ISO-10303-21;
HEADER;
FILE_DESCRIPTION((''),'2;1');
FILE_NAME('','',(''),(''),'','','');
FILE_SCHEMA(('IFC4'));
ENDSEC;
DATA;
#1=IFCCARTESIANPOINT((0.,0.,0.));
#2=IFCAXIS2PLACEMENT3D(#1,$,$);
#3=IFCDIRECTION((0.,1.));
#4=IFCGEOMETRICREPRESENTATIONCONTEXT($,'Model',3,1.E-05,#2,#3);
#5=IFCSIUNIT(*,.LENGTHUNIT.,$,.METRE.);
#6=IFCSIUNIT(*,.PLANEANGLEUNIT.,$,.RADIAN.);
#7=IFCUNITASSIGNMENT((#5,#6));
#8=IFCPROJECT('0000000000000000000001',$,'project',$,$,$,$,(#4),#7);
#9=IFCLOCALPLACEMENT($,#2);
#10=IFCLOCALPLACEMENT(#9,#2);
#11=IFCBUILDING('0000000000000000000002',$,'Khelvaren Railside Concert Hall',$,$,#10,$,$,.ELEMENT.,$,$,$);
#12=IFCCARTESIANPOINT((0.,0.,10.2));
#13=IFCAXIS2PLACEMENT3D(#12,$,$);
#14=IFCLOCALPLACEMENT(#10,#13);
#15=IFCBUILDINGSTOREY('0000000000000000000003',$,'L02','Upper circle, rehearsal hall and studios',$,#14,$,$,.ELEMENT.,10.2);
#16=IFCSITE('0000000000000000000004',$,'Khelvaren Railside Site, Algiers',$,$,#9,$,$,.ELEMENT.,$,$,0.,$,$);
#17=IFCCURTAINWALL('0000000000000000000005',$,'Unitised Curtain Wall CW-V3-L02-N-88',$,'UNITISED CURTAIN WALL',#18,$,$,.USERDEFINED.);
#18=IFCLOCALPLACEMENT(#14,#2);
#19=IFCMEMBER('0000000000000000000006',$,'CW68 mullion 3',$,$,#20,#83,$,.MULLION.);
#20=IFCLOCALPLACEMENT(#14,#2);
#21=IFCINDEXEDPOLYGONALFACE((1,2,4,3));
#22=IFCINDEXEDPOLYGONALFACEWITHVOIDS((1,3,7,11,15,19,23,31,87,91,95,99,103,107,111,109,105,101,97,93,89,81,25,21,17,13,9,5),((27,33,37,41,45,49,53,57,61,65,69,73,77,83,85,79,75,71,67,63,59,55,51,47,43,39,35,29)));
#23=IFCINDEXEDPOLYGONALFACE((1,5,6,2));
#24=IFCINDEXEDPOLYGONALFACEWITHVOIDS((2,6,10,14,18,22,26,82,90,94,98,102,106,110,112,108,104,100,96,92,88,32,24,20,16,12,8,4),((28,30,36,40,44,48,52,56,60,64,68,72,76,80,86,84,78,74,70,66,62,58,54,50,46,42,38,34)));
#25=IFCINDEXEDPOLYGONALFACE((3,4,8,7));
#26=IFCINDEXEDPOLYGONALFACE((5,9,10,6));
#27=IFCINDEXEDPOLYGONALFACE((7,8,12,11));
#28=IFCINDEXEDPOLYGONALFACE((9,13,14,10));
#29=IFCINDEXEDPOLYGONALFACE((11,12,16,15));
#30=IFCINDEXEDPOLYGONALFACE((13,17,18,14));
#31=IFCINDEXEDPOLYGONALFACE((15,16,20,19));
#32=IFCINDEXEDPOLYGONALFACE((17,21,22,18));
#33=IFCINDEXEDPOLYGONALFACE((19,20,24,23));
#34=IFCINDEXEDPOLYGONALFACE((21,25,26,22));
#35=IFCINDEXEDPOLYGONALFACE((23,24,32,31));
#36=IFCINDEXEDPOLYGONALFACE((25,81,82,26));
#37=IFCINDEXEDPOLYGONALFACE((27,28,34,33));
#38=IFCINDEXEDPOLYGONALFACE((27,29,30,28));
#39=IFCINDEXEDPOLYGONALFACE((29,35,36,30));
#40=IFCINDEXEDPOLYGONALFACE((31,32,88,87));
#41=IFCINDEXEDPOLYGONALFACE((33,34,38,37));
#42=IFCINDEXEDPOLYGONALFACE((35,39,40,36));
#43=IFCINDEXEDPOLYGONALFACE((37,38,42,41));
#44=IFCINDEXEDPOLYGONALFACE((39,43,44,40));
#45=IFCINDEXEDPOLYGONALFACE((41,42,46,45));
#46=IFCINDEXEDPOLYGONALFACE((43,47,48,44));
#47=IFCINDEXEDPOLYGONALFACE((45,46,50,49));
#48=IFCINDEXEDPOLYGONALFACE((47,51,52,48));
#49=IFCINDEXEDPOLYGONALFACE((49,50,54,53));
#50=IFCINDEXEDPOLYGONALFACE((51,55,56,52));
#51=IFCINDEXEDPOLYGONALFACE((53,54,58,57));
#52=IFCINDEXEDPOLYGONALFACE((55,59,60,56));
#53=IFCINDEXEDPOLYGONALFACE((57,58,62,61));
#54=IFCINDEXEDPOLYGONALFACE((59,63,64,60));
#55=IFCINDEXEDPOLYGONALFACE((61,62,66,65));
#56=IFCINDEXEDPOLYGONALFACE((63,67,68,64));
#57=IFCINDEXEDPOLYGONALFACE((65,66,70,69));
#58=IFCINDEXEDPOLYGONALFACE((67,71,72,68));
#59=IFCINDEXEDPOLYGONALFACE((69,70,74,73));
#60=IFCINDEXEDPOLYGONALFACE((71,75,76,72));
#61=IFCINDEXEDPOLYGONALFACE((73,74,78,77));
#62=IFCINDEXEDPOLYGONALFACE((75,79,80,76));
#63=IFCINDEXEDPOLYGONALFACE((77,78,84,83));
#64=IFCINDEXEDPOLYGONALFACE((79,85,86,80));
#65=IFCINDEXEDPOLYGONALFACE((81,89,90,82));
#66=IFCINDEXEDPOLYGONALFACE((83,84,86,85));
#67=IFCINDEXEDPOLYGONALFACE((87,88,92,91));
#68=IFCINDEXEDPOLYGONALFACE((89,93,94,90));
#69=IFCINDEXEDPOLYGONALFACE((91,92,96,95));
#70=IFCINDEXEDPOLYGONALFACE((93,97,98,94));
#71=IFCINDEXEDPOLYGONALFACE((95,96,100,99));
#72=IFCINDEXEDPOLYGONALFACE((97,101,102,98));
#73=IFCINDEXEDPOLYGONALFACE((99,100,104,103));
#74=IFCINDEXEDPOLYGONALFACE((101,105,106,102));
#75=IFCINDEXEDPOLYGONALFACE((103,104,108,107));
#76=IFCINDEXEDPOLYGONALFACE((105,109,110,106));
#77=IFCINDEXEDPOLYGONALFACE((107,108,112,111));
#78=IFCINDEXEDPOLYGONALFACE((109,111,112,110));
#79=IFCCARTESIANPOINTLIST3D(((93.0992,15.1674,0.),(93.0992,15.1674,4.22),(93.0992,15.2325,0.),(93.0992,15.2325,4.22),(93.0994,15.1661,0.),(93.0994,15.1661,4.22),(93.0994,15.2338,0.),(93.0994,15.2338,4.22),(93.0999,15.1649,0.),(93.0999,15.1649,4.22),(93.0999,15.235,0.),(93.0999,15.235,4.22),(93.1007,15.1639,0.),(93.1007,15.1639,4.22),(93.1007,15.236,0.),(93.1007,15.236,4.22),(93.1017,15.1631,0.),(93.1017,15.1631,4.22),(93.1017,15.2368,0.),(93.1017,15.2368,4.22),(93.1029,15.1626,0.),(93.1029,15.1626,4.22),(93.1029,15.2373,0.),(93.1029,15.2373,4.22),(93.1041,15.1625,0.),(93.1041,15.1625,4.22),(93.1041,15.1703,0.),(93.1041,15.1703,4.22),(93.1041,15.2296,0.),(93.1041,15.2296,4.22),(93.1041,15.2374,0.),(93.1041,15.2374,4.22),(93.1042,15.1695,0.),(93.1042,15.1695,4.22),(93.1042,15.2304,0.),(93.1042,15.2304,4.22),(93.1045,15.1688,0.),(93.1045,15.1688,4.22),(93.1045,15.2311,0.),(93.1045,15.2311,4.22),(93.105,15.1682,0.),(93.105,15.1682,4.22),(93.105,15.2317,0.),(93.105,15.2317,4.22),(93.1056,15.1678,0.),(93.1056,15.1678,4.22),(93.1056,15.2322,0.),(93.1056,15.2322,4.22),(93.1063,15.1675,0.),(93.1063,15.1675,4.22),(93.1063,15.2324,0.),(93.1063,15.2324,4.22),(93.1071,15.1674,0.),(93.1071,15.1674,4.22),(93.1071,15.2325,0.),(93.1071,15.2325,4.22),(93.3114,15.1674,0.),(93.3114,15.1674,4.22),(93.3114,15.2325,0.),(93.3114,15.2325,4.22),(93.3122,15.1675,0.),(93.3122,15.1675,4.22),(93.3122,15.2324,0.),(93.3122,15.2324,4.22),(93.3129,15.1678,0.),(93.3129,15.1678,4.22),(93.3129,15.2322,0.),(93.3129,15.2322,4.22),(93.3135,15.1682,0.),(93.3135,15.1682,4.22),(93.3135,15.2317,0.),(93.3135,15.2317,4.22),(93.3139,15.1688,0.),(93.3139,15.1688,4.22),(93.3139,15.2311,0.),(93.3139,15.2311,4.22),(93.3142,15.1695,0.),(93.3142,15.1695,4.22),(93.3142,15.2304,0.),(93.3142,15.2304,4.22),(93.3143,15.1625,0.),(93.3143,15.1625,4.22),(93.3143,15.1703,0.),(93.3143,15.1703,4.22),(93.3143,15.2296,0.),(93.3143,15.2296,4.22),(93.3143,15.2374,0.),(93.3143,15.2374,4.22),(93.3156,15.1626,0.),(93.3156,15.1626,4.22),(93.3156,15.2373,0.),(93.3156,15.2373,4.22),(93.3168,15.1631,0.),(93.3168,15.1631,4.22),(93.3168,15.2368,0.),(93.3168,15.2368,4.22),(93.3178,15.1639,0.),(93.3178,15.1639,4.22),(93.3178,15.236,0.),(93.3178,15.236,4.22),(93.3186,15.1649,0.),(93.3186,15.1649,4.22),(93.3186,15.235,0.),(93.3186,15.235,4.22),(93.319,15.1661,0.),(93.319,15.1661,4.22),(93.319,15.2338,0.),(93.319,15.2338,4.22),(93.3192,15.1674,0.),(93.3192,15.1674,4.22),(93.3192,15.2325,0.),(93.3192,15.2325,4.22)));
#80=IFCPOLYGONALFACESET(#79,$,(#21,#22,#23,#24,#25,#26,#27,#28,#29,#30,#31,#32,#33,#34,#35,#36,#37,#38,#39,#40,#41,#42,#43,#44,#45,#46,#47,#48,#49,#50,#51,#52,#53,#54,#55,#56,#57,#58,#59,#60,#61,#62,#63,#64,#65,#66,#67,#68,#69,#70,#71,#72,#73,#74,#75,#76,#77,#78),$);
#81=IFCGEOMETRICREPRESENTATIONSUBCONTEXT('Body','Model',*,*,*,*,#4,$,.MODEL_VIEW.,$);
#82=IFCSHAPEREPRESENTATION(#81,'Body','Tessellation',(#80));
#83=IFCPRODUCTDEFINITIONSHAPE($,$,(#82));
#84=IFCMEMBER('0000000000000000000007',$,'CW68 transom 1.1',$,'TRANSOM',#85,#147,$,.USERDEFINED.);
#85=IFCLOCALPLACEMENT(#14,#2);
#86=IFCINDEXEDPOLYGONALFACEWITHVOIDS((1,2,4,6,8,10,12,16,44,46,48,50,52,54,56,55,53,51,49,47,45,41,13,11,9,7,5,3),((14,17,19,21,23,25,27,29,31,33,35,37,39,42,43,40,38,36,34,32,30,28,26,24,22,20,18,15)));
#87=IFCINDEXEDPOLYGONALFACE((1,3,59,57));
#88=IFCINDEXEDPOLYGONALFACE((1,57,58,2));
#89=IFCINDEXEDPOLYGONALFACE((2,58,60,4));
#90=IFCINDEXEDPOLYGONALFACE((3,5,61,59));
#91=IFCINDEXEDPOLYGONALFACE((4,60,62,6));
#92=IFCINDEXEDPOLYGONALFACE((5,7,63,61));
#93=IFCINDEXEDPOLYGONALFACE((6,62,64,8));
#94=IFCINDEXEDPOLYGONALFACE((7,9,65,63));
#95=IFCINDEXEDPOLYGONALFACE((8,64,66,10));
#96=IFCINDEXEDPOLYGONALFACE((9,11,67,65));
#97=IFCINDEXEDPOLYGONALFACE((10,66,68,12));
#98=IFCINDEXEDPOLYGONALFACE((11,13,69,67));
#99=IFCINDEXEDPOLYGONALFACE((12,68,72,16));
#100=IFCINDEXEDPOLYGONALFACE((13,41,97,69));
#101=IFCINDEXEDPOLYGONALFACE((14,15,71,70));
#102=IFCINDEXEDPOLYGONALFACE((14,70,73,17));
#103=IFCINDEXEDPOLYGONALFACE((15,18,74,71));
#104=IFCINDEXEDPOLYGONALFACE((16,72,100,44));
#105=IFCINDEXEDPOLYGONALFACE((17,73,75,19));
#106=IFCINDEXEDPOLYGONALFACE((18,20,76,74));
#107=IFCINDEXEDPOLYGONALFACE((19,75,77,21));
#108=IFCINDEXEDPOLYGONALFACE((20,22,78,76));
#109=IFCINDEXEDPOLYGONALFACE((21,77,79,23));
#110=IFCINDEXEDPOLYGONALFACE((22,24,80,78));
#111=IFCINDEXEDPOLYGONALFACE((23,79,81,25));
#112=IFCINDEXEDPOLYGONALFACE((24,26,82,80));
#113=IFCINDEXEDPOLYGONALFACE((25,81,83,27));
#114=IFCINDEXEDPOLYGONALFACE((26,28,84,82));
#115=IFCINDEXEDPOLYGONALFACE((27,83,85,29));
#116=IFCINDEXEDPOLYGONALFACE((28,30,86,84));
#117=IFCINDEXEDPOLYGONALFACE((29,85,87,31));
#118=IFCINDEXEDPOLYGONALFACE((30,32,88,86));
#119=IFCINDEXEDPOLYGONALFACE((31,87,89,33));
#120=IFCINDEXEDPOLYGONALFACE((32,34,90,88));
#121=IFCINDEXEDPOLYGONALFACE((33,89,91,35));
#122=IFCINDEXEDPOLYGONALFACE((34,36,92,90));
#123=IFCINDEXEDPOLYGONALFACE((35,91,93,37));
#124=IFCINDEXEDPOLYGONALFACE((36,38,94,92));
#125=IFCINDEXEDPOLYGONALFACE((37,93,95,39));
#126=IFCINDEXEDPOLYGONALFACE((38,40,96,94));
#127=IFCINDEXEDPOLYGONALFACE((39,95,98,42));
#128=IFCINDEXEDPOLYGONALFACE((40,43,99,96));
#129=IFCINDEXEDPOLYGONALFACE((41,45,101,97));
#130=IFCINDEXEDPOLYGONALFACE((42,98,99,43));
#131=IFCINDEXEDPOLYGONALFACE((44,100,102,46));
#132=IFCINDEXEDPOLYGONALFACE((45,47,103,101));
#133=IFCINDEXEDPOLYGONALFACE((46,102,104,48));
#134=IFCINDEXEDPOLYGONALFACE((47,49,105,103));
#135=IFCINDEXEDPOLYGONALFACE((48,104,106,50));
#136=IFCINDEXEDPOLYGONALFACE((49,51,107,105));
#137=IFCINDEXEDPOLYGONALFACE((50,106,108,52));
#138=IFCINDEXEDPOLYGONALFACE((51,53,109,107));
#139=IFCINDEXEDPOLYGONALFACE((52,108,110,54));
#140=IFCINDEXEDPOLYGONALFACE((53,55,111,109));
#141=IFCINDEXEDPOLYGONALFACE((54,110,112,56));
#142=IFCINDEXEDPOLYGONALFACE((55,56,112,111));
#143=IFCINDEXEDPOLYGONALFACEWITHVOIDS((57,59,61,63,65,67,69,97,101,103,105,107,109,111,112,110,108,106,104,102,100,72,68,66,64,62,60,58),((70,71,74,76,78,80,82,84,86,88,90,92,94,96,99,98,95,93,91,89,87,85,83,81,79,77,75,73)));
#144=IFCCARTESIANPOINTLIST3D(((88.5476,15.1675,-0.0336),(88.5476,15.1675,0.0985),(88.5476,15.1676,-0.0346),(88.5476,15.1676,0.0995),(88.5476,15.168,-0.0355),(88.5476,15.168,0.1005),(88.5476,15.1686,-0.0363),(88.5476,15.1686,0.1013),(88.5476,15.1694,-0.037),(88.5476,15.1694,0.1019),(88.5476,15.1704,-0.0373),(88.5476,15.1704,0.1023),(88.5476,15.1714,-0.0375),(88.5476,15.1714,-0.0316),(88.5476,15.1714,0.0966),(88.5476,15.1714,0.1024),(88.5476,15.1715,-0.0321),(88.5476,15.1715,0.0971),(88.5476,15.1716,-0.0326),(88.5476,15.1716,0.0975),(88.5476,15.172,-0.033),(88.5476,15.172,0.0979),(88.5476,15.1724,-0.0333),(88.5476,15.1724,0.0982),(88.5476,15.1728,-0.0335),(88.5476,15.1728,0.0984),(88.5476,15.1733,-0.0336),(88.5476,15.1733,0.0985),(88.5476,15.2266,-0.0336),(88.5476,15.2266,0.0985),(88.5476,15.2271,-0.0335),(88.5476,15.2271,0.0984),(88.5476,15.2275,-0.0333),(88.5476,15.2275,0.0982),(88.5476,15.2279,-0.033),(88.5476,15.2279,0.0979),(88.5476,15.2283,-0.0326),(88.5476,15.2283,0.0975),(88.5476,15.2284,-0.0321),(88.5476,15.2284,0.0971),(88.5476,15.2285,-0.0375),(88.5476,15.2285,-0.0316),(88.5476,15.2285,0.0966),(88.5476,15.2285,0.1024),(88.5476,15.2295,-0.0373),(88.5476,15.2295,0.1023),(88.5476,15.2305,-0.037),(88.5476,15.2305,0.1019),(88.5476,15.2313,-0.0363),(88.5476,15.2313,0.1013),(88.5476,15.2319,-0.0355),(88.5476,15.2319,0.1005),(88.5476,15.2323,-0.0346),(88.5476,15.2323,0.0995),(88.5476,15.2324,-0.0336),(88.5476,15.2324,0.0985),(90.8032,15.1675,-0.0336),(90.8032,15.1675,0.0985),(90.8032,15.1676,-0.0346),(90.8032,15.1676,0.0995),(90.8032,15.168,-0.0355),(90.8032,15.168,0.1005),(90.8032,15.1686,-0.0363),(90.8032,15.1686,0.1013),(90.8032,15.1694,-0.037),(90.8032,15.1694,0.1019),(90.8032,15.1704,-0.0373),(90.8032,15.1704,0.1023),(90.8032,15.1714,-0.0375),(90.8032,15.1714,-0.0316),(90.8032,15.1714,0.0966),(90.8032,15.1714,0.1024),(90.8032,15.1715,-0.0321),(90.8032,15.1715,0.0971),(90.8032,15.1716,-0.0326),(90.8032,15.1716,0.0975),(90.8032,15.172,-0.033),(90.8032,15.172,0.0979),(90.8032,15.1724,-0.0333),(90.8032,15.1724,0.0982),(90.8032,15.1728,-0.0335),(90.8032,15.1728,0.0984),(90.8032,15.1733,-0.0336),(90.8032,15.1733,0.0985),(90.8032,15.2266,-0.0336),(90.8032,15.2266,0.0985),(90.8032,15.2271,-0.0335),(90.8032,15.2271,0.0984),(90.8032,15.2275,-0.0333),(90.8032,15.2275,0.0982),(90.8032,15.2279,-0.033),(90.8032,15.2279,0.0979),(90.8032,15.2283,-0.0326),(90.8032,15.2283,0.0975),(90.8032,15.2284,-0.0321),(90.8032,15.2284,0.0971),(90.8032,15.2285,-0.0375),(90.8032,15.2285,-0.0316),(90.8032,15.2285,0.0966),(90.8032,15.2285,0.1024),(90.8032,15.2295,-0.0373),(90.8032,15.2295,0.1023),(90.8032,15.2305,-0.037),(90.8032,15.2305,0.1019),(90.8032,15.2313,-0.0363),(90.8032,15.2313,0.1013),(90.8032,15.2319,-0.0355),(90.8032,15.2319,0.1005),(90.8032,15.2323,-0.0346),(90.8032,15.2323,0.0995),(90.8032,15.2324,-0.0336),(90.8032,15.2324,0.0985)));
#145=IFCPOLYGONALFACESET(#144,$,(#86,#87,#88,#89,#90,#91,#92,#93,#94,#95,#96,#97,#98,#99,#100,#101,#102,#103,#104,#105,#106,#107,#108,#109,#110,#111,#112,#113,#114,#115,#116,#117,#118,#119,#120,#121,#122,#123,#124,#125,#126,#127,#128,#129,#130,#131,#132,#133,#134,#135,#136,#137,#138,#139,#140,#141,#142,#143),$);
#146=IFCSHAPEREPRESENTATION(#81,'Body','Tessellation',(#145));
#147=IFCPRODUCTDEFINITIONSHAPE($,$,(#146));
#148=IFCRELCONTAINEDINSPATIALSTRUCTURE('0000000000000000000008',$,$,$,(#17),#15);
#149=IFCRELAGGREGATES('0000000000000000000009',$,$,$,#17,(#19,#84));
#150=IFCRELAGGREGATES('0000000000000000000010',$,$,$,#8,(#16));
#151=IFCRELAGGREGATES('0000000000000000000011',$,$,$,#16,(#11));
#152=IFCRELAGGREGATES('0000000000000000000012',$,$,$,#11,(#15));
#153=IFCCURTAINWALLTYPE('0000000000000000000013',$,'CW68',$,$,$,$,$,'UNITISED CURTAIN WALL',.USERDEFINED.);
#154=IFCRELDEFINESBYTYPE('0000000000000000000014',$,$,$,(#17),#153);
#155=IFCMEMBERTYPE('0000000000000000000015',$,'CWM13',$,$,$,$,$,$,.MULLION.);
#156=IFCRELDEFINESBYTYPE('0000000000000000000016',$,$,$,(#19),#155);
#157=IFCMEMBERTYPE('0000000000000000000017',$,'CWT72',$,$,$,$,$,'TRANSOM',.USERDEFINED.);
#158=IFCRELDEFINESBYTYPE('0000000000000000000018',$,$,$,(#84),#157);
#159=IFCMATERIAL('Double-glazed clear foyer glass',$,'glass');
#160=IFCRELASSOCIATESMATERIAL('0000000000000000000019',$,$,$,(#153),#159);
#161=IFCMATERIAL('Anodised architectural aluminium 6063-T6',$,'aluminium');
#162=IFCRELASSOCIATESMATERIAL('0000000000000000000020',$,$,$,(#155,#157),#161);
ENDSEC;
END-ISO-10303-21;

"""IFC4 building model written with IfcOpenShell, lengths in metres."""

from ifc_helpers import new_model, si_unit, direction, frame, origin, origin_2d, place, context, subcontext, project, spatial, hollow_rectangle, extrude, material, material_profile, profile_set, type_object, element, aggregate, save


model = new_model("IFC4")

# Units and contexts
model_context = context("Model", 3, precision=1e-05, world=origin(), true_north=direction((0.0, 1.0)))
body_context = subcontext(model_context, "Body", "Model", "MODEL_VIEW")
ifc_project = project(units=[si_unit("LENGTHUNIT", "METRE"), si_unit("PLANEANGLEUNIT", "RADIAN")], contexts=[model_context])

# Site, building, storey
site_placement = place(None, origin())
site = spatial("IfcSite", under=ifc_project, at=site_placement, Name="Khelvaren Railside Site, Algiers", CompositionType="ELEMENT", RefElevation=0.0)
building_placement = place(site_placement, origin())
building = spatial("IfcBuilding", under=site, at=building_placement, Name="Khelvaren Railside Concert Hall", CompositionType="ELEMENT")
storey_placement = place(building_placement, frame((0.0, 0.0, 10.2)))
storey = spatial("IfcBuildingStorey", under=building, at=storey_placement, Name="L02", Description="Upper circle, rehearsal hall and studios", CompositionType="ELEMENT", Elevation=10.2)

# Curtain wall, members
ifc_material_1 = material(Name="Double-glazed clear foyer glass", Category="glass")
curtain_wall_type = type_object("IfcCurtainWallType", Name="CW68", ElementType="UNITISED CURTAIN WALL", PredefinedType="USERDEFINED", material=ifc_material_1)
curtain_wall_placement = place(storey_placement, origin())
curtain_wall = element("IfcCurtainWall", 1, at=curtain_wall_placement, inside=storey, type_object=curtain_wall_type, Name="Unitised Curtain Wall CW-V3-L02-N-88", ObjectType="UNITISED CURTAIN WALL", PredefinedType="USERDEFINED")
ifc_material_2 = material(Name="Anodised architectural aluminium 6063-T6", Category="aluminium")
ifc_material_profile_1 = material_profile(ifc_material_2, hollow_rectangle(XDim=0.075, YDim=0.22, WallThickness=0.0049, InnerFilletRadius=0.0029, OuterFilletRadius=0.0049, at=origin_2d()), Name="CWM 75x220x5")
ifc_profile_set_1 = profile_set([ifc_material_profile_1], Name="Anodised architectural aluminium 6063-T6")
member_type_1 = type_object("IfcMemberType", Name="CWM13", PredefinedType="MULLION", material=ifc_profile_set_1)
member_1_placement = place(storey_placement, frame((93.2092, 15.2, 0.0), z_axis=(0.0, 0.0, 1.0), x_axis=(0.0, 1.0, 0.0)))
member_1 = element("IfcMember", 2, at=member_1_placement, type_object=member_type_1, Name="CW68 mullion 3", PredefinedType="MULLION", context=body_context, shape_type="SweptSolid", body=[
    extrude(hollow_rectangle(XDim=0.075, YDim=0.22, WallThickness=0.0049, InnerFilletRadius=0.0029, OuterFilletRadius=0.0049, at=origin_2d()), origin(), (0.0, 0.0, 1.0), 4.22),
])
ifc_material_profile_2 = material_profile(ifc_material_2, hollow_rectangle(XDim=0.0649, YDim=0.1399, WallThickness=0.0039, InnerFilletRadius=0.002, OuterFilletRadius=0.0039, at=origin_2d()), Name="CWT 65x140x4")
ifc_profile_set_2 = profile_set([ifc_material_profile_2], Name="Anodised architectural aluminium 6063-T6")
member_type_2 = type_object("IfcMemberType", Name="CWT72", ElementType="TRANSOM", PredefinedType="USERDEFINED", material=ifc_profile_set_2)
member_2_placement = place(storey_placement, frame((88.5476, 15.2, 0.0325), z_axis=(1.0, 0.0, 0.0), x_axis=(0.0, 1.0, 0.0)))
member_2 = element("IfcMember", 3, at=member_2_placement, type_object=member_type_2, Name="CW68 transom 1.1", ObjectType="TRANSOM", PredefinedType="USERDEFINED", context=body_context, shape_type="SweptSolid", body=[
    extrude(hollow_rectangle(XDim=0.0649, YDim=0.1399, WallThickness=0.0039, InnerFilletRadius=0.002, OuterFilletRadius=0.0039, at=origin_2d()), origin(), (0.0, 0.0, 1.0), 2.2556),
])

aggregate(curtain_wall, [member_1, member_2])

save(model, "model.ifc")
